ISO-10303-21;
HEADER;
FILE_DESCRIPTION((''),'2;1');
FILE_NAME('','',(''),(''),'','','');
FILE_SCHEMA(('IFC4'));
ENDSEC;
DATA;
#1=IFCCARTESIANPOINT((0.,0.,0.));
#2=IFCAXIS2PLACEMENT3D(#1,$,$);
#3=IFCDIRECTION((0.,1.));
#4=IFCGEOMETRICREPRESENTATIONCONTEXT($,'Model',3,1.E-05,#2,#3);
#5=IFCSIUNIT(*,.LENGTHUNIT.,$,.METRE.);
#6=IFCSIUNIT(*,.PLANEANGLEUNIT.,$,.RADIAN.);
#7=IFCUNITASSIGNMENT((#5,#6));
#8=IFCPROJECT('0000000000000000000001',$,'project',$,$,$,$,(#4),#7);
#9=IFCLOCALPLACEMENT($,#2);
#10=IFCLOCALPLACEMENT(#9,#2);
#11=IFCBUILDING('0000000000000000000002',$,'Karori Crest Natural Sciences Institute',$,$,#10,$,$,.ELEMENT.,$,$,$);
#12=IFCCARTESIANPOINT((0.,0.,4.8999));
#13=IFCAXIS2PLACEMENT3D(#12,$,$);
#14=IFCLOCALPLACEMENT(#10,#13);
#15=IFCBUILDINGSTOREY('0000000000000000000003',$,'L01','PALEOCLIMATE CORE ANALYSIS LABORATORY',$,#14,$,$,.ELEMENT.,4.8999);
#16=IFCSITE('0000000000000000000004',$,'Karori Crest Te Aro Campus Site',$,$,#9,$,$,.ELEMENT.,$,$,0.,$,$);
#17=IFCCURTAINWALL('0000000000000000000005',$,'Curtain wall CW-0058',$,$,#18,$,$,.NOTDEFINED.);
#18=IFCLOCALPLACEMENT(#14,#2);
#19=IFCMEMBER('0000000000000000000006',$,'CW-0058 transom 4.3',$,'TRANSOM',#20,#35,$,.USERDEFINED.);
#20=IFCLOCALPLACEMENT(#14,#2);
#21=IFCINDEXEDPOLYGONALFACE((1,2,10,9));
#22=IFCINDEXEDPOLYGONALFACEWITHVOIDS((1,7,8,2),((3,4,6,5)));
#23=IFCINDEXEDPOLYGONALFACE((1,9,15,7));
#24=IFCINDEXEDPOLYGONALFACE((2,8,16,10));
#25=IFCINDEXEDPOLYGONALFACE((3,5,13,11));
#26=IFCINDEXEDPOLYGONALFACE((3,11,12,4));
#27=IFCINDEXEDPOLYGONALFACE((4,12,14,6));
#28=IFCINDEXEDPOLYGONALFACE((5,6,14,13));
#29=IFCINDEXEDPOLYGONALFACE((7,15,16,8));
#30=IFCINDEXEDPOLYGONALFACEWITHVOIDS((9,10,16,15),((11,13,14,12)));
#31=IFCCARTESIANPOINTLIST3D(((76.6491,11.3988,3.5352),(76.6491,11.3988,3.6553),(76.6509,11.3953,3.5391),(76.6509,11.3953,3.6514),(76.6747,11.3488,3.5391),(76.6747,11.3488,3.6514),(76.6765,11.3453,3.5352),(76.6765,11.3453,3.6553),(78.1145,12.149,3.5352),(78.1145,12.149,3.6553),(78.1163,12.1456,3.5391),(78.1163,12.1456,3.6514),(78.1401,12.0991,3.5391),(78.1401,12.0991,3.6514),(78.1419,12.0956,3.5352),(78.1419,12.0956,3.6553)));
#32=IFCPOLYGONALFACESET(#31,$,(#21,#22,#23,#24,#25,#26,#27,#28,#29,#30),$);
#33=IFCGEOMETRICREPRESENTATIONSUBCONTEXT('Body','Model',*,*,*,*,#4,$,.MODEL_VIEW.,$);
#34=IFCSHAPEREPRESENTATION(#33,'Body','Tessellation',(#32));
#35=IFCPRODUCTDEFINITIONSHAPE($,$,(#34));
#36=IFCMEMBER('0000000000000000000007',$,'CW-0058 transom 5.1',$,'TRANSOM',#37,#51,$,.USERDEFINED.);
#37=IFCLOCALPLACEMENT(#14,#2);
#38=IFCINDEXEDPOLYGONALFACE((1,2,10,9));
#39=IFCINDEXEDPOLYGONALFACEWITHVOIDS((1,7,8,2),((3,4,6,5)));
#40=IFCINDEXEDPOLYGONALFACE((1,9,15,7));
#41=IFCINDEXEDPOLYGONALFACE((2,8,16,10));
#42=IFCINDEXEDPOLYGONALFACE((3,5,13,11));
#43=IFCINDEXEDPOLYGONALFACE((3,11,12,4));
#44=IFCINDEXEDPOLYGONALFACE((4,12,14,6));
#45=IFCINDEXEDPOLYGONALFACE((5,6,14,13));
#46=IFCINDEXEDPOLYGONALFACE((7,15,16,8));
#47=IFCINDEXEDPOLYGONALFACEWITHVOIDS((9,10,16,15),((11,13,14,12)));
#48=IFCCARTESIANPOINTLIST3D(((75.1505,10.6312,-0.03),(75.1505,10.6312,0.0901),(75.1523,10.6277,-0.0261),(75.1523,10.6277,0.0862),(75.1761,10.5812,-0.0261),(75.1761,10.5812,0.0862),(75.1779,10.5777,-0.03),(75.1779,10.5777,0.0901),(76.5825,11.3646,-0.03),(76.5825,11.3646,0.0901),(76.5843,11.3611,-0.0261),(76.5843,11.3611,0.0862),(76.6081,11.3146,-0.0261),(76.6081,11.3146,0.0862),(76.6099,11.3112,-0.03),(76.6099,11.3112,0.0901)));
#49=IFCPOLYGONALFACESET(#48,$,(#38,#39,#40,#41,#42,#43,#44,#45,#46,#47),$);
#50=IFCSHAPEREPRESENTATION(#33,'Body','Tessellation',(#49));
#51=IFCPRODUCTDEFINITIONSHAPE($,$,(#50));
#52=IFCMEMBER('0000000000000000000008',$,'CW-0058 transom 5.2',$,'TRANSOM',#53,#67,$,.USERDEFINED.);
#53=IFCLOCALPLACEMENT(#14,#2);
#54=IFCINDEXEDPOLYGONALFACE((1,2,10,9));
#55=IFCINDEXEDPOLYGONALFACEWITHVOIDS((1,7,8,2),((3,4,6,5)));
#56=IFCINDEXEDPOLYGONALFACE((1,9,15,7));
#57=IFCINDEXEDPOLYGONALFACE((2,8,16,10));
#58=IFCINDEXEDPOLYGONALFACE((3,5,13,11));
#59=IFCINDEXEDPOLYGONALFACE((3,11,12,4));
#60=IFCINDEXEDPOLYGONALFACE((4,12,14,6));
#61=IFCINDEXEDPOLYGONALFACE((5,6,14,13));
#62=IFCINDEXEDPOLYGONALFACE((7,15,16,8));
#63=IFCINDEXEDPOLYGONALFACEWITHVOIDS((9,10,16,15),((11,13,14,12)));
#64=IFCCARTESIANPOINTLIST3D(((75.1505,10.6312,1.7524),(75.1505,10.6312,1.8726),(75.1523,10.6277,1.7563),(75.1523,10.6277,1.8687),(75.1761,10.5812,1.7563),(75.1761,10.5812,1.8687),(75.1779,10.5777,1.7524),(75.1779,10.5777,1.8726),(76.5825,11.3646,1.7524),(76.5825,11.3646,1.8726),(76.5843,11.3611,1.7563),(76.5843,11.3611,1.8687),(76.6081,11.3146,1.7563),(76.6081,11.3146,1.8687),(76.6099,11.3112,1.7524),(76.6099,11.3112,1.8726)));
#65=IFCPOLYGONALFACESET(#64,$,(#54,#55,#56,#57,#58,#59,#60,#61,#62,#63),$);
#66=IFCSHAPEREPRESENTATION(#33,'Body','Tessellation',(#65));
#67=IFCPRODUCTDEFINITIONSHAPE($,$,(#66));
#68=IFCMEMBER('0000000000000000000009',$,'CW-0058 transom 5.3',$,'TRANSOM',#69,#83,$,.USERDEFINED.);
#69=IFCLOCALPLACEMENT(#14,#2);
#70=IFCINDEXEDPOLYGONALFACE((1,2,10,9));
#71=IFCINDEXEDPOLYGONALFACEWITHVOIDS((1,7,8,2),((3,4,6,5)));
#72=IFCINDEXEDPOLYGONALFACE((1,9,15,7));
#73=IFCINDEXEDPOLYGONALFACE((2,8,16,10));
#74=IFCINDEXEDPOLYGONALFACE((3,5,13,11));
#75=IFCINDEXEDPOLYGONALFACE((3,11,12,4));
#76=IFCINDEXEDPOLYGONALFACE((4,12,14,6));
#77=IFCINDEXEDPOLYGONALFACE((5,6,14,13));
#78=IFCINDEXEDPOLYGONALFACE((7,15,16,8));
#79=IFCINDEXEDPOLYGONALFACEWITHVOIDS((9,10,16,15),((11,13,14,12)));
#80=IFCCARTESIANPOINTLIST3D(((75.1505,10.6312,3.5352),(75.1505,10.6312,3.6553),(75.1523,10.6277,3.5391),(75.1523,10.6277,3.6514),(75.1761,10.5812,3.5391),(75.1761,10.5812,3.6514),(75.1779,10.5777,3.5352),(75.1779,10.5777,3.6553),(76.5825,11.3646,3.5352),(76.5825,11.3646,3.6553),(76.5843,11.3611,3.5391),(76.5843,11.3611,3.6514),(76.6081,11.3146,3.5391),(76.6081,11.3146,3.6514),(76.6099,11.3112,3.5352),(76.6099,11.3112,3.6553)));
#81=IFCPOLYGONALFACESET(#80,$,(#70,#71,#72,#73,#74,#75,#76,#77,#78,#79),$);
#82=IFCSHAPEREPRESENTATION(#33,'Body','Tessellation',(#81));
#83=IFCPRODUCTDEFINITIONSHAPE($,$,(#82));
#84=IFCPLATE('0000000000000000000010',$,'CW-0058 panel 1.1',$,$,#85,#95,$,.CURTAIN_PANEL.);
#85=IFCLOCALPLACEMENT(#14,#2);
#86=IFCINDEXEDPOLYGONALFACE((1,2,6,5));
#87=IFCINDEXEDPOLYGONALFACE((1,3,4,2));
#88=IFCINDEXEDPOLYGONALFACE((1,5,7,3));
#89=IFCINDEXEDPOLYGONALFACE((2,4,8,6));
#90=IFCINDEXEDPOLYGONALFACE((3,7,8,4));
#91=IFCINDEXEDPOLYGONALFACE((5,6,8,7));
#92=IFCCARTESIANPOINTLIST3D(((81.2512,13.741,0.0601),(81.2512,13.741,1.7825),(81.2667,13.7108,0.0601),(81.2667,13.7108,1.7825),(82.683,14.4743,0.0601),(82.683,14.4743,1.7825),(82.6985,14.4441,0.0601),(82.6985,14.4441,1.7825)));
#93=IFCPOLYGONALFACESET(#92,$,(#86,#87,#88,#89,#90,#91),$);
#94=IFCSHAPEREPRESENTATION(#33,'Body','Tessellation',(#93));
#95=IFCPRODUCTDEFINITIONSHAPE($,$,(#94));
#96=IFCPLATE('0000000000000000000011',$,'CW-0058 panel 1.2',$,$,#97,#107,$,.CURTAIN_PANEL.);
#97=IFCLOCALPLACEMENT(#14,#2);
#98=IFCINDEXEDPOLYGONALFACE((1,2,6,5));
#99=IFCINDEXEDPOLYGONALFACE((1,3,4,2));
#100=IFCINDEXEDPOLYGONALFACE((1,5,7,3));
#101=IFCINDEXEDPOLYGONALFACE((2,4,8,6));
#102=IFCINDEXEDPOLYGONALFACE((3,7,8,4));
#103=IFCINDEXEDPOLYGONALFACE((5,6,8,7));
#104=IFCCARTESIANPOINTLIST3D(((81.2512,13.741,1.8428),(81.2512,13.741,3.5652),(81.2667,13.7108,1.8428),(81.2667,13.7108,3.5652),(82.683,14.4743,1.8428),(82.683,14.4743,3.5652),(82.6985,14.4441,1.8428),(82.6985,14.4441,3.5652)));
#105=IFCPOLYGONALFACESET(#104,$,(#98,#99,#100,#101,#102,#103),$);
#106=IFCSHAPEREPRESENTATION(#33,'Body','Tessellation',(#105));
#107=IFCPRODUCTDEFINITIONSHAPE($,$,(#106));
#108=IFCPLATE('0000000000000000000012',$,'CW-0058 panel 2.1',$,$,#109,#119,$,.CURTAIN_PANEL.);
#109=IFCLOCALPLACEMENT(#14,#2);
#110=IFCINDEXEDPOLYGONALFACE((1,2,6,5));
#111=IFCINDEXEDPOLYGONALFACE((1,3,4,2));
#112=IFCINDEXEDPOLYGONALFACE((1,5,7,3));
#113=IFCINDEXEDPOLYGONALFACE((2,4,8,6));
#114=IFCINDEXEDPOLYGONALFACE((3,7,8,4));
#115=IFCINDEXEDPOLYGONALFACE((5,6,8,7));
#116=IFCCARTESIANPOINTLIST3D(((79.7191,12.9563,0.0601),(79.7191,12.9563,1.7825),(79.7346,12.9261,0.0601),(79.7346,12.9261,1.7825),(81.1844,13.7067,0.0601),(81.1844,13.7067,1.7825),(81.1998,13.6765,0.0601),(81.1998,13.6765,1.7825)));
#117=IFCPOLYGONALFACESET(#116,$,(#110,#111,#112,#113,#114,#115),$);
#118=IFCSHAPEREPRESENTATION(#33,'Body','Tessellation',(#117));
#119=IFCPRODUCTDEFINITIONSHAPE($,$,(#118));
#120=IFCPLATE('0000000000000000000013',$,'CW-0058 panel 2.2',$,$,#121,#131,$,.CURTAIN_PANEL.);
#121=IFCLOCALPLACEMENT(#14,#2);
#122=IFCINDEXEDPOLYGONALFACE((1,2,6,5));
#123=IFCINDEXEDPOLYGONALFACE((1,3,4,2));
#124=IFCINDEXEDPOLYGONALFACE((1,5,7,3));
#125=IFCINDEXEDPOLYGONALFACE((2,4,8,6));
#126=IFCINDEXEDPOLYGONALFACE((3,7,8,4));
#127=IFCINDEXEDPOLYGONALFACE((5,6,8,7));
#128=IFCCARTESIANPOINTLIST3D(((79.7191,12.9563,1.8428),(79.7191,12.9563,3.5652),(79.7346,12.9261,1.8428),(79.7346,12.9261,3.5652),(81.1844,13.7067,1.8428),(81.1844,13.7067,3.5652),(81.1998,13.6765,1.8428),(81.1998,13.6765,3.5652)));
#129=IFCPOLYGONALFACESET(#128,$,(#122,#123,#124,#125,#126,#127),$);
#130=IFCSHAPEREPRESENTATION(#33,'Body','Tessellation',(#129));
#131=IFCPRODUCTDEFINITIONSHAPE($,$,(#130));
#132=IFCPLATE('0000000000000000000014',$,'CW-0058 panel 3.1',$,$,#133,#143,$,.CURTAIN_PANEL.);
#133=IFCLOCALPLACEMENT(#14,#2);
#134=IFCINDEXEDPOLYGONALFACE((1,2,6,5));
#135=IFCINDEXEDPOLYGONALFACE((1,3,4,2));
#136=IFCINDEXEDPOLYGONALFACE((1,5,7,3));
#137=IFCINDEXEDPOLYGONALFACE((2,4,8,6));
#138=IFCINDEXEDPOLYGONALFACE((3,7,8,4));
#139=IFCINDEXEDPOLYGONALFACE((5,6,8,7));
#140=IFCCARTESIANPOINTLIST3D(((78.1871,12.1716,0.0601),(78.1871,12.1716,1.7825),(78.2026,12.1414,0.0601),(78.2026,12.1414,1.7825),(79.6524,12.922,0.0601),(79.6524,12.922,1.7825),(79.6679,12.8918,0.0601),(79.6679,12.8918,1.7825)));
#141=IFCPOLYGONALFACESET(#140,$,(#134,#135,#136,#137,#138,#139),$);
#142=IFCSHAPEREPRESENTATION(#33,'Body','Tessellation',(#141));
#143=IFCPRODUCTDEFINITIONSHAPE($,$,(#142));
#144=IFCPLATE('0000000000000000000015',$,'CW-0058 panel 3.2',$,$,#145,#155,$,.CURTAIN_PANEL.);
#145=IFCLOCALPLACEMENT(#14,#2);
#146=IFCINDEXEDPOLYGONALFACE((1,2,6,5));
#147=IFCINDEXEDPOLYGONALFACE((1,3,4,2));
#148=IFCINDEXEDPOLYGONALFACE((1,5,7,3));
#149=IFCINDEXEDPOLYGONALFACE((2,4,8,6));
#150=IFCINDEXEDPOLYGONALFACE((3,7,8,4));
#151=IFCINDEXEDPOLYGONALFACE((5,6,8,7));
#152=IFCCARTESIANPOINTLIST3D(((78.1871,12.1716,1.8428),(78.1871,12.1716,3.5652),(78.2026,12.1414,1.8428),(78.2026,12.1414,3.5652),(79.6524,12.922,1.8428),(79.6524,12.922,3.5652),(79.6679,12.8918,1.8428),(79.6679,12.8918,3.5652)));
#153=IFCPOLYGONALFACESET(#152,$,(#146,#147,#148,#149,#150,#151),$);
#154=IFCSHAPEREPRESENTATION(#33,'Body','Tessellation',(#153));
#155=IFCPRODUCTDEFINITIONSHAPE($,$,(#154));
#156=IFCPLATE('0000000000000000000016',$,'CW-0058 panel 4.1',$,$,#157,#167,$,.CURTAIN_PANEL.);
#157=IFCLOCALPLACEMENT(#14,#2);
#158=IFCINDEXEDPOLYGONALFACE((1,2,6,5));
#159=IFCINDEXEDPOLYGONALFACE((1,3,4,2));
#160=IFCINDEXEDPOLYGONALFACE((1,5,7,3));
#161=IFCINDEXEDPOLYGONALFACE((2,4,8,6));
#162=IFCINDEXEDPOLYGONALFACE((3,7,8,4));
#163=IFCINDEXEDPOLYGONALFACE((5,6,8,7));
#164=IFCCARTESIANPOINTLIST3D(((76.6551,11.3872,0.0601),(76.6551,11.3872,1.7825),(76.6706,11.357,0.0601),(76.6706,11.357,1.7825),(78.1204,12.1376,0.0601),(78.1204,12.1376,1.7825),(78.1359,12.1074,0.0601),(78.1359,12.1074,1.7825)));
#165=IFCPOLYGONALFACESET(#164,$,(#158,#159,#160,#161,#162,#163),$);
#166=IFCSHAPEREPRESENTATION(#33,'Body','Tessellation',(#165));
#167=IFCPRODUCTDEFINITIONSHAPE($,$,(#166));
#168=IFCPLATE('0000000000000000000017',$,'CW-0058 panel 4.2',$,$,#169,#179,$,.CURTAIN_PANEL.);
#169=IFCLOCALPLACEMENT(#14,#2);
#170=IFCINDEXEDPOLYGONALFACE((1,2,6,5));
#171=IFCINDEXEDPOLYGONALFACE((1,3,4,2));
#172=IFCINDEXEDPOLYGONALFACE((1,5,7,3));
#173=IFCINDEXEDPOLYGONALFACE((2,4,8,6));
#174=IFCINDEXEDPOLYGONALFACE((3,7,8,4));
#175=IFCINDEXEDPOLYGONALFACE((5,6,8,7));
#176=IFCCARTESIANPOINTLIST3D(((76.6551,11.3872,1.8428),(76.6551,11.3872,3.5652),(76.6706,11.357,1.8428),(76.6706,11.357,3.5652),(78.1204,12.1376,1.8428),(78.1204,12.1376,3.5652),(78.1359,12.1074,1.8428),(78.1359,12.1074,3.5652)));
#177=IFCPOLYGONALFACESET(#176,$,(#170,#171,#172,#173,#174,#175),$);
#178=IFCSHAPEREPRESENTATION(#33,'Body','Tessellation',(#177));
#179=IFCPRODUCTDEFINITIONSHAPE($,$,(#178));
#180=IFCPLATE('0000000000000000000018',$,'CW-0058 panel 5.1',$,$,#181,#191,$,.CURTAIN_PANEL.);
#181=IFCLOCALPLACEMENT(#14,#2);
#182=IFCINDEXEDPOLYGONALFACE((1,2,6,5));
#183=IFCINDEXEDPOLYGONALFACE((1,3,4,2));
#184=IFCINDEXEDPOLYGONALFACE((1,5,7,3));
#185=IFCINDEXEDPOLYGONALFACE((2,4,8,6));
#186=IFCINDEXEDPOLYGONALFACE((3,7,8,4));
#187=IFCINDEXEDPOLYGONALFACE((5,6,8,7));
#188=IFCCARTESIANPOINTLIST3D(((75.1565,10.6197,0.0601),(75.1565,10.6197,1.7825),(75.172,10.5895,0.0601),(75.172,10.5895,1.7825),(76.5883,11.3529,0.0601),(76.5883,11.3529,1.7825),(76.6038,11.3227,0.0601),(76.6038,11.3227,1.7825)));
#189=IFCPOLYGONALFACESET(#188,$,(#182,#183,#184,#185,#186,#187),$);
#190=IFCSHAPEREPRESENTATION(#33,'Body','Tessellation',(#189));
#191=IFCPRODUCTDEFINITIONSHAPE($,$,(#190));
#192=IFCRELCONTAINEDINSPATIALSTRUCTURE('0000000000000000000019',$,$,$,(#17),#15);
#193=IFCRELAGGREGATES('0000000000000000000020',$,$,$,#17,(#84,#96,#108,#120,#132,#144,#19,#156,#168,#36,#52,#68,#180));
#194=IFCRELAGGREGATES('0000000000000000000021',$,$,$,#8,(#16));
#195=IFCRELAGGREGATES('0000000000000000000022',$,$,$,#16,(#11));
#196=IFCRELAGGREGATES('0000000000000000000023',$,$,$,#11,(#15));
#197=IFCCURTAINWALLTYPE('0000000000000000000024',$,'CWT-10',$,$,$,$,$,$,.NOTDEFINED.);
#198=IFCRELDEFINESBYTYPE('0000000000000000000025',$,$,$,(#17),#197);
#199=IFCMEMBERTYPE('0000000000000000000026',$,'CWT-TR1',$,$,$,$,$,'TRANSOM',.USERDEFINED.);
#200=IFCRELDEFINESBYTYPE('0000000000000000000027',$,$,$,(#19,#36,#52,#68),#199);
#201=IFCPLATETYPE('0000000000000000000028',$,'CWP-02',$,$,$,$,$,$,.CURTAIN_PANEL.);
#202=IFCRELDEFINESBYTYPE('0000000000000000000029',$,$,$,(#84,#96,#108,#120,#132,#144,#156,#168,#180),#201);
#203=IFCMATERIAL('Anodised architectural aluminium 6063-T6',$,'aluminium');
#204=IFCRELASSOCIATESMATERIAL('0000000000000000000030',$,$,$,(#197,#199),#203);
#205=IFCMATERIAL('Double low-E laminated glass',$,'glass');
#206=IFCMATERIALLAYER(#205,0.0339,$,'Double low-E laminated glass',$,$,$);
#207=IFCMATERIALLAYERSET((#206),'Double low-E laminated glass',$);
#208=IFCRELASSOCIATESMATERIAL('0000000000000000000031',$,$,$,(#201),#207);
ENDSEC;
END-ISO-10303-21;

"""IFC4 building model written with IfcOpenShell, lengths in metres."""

from ifc_helpers import new_model, si_unit, direction, frame, origin, origin_2d, place, context, subcontext, project, spatial, rectangle, hollow_rectangle, extrude, material, layer, layer_set, material_profile, profile_set, type_object, element, aggregate, save


model = new_model("IFC4")

# Units and contexts
model_context = context("Model", 3, precision=1e-05, world=origin(), true_north=direction((0.0, 1.0)))
body_context = subcontext(model_context, "Body", "Model", "MODEL_VIEW")
ifc_project = project(units=[si_unit("LENGTHUNIT", "METRE"), si_unit("PLANEANGLEUNIT", "RADIAN")], contexts=[model_context])

# Site, building, storey
site_placement = place(None, origin())
site = spatial("IfcSite", under=ifc_project, at=site_placement, Name="Karori Crest Te Aro Campus Site", CompositionType="ELEMENT", RefElevation=0.0)
building_placement = place(site_placement, origin())
building = spatial("IfcBuilding", under=site, at=building_placement, Name="Karori Crest Natural Sciences Institute", CompositionType="ELEMENT")
storey_placement = place(building_placement, frame((0.0, 0.0, 4.8999)))
storey = spatial("IfcBuildingStorey", under=building, at=storey_placement, Name="L01", Description="PALEOCLIMATE CORE ANALYSIS LABORATORY", CompositionType="ELEMENT", Elevation=4.8999)

# Curtain wall, members, plates
ifc_material_1 = material(Name="Anodised architectural aluminium 6063-T6", Category="aluminium")
curtain_wall_type = type_object("IfcCurtainWallType", Name="CWT-10", PredefinedType="NOTDEFINED", material=ifc_material_1)
curtain_wall_placement = place(storey_placement, origin())
curtain_wall = element("IfcCurtainWall", 1, at=curtain_wall_placement, inside=storey, type_object=curtain_wall_type, Name="Curtain wall CW-0058", PredefinedType="NOTDEFINED")
ifc_material_profile_1 = material_profile(ifc_material_1, hollow_rectangle(XDim=0.0601, YDim=0.1201, WallThickness=0.0039, at=origin_2d()), Name="CWT120x60x4")
ifc_profile_set_1 = profile_set([ifc_material_profile_1], Name="Anodised architectural aluminium 6063-T6")
member_type_1 = type_object("IfcMemberType", Name="CWT-TR1", ElementType="TRANSOM", PredefinedType="USERDEFINED", material=ifc_profile_set_1)
member_1_placement = place(storey_placement, frame((78.1282, 12.1223, 3.5952), z_axis=(-0.890115, -0.455735, 0.0), x_axis=(0.455735, -0.890115, 0.0)))
member_1 = element("IfcMember", 2, at=member_1_placement, type_object=member_type_1, Name="CW-0058 transom 4.3", ObjectType="TRANSOM", PredefinedType="USERDEFINED", context=body_context, shape_type="SweptSolid", body=[
    extrude(hollow_rectangle(XDim=0.0601, YDim=0.1201, WallThickness=0.0039, at=origin_2d()), origin(), (0.0, 0.0, 1.0), 1.6462),
])
member_2_placement = place(storey_placement, frame((76.5962, 11.3379, 0.03), z_axis=(-0.890045, -0.455873, 0.0), x_axis=(0.455873, -0.890045, 0.0)))
member_2 = element("IfcMember", 3, at=member_2_placement, type_object=member_type_1, Name="CW-0058 transom 5.1", ObjectType="TRANSOM", PredefinedType="USERDEFINED", context=body_context, shape_type="SweptSolid", body=[
    extrude(hollow_rectangle(XDim=0.0601, YDim=0.1201, WallThickness=0.0039, at=origin_2d()), origin(), (0.0, 0.0, 1.0), 1.6089),
])
member_3_placement = place(storey_placement, frame((76.5962, 11.3379, 1.8125), z_axis=(-0.890045, -0.455873, 0.0), x_axis=(0.455873, -0.890045, 0.0)))
member_3 = element("IfcMember", 4, at=member_3_placement, type_object=member_type_1, Name="CW-0058 transom 5.2", ObjectType="TRANSOM", PredefinedType="USERDEFINED", context=body_context, shape_type="SweptSolid", body=[
    extrude(hollow_rectangle(XDim=0.0601, YDim=0.1201, WallThickness=0.0039, at=origin_2d()), origin(), (0.0, 0.0, 1.0), 1.6089),
])
member_4_placement = place(storey_placement, frame((76.5962, 11.3379, 3.5952), z_axis=(-0.890045, -0.455873, 0.0), x_axis=(0.455873, -0.890045, 0.0)))
member_4 = element("IfcMember", 5, at=member_4_placement, type_object=member_type_1, Name="CW-0058 transom 5.3", ObjectType="TRANSOM", PredefinedType="USERDEFINED", context=body_context, shape_type="SweptSolid", body=[
    extrude(hollow_rectangle(XDim=0.0601, YDim=0.1201, WallThickness=0.0039, at=origin_2d()), origin(), (0.0, 0.0, 1.0), 1.6089),
])
ifc_material_2 = material(Name="Double low-E laminated glass", Category="glass")
ifc_layer_1 = layer(ifc_material_2, 0.0339, Name="Double low-E laminated glass")
ifc_layer_set_1 = layer_set([ifc_layer_1], Name="Double low-E laminated glass")
plate_type = type_object("IfcPlateType", Name="CWP-02", PredefinedType="CURTAIN_PANEL", material=ifc_layer_set_1)
plate_1_placement = place(storey_placement, frame((81.9749, 14.0925, 0.0601), z_axis=(0.0, 0.0, 1.0), x_axis=(-0.890065, -0.455833, 0.0)))
plate_1 = element("IfcPlate", 6, at=plate_1_placement, type_object=plate_type, Name="CW-0058 panel 1.1", PredefinedType="CURTAIN_PANEL", context=body_context, shape_type="SweptSolid", body=[
    extrude(rectangle(XDim=1.6086, YDim=0.0339, at=origin_2d()), origin(), (0.0, 0.0, 1.0), 1.7224),
])
plate_2_placement = place(storey_placement, frame((81.9749, 14.0925, 1.8428), z_axis=(0.0, 0.0, 1.0), x_axis=(-0.890065, -0.455833, 0.0)))
plate_2 = element("IfcPlate", 7, at=plate_2_placement, type_object=plate_type, Name="CW-0058 panel 1.2", PredefinedType="CURTAIN_PANEL", context=body_context, shape_type="SweptSolid", body=[
    extrude(rectangle(XDim=1.6086, YDim=0.0339, at=origin_2d()), origin(), (0.0, 0.0, 1.0), 1.7224),
])
plate_3_placement = place(storey_placement, frame((80.4595, 13.3164, 0.0601), z_axis=(0.0, 0.0, 1.0), x_axis=(-0.890065, -0.455833, 0.0)))
plate_3 = element("IfcPlate", 8, at=plate_3_placement, type_object=plate_type, Name="CW-0058 panel 2.1", PredefinedType="CURTAIN_PANEL", context=body_context, shape_type="SweptSolid", body=[
    extrude(rectangle(XDim=1.6462, YDim=0.0339, at=origin_2d()), origin(), (0.0, 0.0, 1.0), 1.7224),
])
plate_4_placement = place(storey_placement, frame((80.4595, 13.3164, 1.8428), z_axis=(0.0, 0.0, 1.0), x_axis=(-0.890065, -0.455833, 0.0)))
plate_4 = element("IfcPlate", 9, at=plate_4_placement, type_object=plate_type, Name="CW-0058 panel 2.2", PredefinedType="CURTAIN_PANEL", context=body_context, shape_type="SweptSolid", body=[
    extrude(rectangle(XDim=1.6462, YDim=0.0339, at=origin_2d()), origin(), (0.0, 0.0, 1.0), 1.7224),
])
plate_5_placement = place(storey_placement, frame((78.9275, 12.5317, 0.0601), z_axis=(0.0, 0.0, 1.0), x_axis=(-0.890065, -0.455833, 0.0)))
plate_5 = element("IfcPlate", 10, at=plate_5_placement, type_object=plate_type, Name="CW-0058 panel 3.1", PredefinedType="CURTAIN_PANEL", context=body_context, shape_type="SweptSolid", body=[
    extrude(rectangle(XDim=1.6462, YDim=0.0339, at=origin_2d()), origin(), (0.0, 0.0, 1.0), 1.7224),
])
plate_6_placement = place(storey_placement, frame((78.9275, 12.5317, 1.8428), z_axis=(0.0, 0.0, 1.0), x_axis=(-0.890065, -0.455833, 0.0)))
plate_6 = element("IfcPlate", 11, at=plate_6_placement, type_object=plate_type, Name="CW-0058 panel 3.2", PredefinedType="CURTAIN_PANEL", context=body_context, shape_type="SweptSolid", body=[
    extrude(rectangle(XDim=1.6462, YDim=0.0339, at=origin_2d()), origin(), (0.0, 0.0, 1.0), 1.7224),
])
plate_7_placement = place(storey_placement, frame((77.3955, 11.7473, 0.0601), z_axis=(0.0, 0.0, 1.0), x_axis=(-0.890065, -0.455833, 0.0)))
plate_7 = element("IfcPlate", 12, at=plate_7_placement, type_object=plate_type, Name="CW-0058 panel 4.1", PredefinedType="CURTAIN_PANEL", context=body_context, shape_type="SweptSolid", body=[
    extrude(rectangle(XDim=1.6462, YDim=0.0339, at=origin_2d()), origin(), (0.0, 0.0, 1.0), 1.7224),
])
plate_8_placement = place(storey_placement, frame((77.3955, 11.7473, 1.8428), z_axis=(0.0, 0.0, 1.0), x_axis=(-0.890065, -0.455833, 0.0)))
plate_8 = element("IfcPlate", 13, at=plate_8_placement, type_object=plate_type, Name="CW-0058 panel 4.2", PredefinedType="CURTAIN_PANEL", context=body_context, shape_type="SweptSolid", body=[
    extrude(rectangle(XDim=1.6462, YDim=0.0339, at=origin_2d()), origin(), (0.0, 0.0, 1.0), 1.7224),
])
plate_9_placement = place(storey_placement, frame((75.8801, 10.9712, 0.0601), z_axis=(0.0, 0.0, 1.0), x_axis=(-0.890065, -0.455833, 0.0)))
plate_9 = element("IfcPlate", 14, at=plate_9_placement, type_object=plate_type, Name="CW-0058 panel 5.1", PredefinedType="CURTAIN_PANEL", context=body_context, shape_type="SweptSolid", body=[
    extrude(rectangle(XDim=1.6086, YDim=0.0339, at=origin_2d()), origin(), (0.0, 0.0, 1.0), 1.7224),
])
aggregate(curtain_wall, [plate_1, plate_2, plate_3, plate_4, plate_5, plate_6, member_1, plate_7, plate_8, member_2, member_3, member_4, plate_9])

save(model, "model.ifc")
